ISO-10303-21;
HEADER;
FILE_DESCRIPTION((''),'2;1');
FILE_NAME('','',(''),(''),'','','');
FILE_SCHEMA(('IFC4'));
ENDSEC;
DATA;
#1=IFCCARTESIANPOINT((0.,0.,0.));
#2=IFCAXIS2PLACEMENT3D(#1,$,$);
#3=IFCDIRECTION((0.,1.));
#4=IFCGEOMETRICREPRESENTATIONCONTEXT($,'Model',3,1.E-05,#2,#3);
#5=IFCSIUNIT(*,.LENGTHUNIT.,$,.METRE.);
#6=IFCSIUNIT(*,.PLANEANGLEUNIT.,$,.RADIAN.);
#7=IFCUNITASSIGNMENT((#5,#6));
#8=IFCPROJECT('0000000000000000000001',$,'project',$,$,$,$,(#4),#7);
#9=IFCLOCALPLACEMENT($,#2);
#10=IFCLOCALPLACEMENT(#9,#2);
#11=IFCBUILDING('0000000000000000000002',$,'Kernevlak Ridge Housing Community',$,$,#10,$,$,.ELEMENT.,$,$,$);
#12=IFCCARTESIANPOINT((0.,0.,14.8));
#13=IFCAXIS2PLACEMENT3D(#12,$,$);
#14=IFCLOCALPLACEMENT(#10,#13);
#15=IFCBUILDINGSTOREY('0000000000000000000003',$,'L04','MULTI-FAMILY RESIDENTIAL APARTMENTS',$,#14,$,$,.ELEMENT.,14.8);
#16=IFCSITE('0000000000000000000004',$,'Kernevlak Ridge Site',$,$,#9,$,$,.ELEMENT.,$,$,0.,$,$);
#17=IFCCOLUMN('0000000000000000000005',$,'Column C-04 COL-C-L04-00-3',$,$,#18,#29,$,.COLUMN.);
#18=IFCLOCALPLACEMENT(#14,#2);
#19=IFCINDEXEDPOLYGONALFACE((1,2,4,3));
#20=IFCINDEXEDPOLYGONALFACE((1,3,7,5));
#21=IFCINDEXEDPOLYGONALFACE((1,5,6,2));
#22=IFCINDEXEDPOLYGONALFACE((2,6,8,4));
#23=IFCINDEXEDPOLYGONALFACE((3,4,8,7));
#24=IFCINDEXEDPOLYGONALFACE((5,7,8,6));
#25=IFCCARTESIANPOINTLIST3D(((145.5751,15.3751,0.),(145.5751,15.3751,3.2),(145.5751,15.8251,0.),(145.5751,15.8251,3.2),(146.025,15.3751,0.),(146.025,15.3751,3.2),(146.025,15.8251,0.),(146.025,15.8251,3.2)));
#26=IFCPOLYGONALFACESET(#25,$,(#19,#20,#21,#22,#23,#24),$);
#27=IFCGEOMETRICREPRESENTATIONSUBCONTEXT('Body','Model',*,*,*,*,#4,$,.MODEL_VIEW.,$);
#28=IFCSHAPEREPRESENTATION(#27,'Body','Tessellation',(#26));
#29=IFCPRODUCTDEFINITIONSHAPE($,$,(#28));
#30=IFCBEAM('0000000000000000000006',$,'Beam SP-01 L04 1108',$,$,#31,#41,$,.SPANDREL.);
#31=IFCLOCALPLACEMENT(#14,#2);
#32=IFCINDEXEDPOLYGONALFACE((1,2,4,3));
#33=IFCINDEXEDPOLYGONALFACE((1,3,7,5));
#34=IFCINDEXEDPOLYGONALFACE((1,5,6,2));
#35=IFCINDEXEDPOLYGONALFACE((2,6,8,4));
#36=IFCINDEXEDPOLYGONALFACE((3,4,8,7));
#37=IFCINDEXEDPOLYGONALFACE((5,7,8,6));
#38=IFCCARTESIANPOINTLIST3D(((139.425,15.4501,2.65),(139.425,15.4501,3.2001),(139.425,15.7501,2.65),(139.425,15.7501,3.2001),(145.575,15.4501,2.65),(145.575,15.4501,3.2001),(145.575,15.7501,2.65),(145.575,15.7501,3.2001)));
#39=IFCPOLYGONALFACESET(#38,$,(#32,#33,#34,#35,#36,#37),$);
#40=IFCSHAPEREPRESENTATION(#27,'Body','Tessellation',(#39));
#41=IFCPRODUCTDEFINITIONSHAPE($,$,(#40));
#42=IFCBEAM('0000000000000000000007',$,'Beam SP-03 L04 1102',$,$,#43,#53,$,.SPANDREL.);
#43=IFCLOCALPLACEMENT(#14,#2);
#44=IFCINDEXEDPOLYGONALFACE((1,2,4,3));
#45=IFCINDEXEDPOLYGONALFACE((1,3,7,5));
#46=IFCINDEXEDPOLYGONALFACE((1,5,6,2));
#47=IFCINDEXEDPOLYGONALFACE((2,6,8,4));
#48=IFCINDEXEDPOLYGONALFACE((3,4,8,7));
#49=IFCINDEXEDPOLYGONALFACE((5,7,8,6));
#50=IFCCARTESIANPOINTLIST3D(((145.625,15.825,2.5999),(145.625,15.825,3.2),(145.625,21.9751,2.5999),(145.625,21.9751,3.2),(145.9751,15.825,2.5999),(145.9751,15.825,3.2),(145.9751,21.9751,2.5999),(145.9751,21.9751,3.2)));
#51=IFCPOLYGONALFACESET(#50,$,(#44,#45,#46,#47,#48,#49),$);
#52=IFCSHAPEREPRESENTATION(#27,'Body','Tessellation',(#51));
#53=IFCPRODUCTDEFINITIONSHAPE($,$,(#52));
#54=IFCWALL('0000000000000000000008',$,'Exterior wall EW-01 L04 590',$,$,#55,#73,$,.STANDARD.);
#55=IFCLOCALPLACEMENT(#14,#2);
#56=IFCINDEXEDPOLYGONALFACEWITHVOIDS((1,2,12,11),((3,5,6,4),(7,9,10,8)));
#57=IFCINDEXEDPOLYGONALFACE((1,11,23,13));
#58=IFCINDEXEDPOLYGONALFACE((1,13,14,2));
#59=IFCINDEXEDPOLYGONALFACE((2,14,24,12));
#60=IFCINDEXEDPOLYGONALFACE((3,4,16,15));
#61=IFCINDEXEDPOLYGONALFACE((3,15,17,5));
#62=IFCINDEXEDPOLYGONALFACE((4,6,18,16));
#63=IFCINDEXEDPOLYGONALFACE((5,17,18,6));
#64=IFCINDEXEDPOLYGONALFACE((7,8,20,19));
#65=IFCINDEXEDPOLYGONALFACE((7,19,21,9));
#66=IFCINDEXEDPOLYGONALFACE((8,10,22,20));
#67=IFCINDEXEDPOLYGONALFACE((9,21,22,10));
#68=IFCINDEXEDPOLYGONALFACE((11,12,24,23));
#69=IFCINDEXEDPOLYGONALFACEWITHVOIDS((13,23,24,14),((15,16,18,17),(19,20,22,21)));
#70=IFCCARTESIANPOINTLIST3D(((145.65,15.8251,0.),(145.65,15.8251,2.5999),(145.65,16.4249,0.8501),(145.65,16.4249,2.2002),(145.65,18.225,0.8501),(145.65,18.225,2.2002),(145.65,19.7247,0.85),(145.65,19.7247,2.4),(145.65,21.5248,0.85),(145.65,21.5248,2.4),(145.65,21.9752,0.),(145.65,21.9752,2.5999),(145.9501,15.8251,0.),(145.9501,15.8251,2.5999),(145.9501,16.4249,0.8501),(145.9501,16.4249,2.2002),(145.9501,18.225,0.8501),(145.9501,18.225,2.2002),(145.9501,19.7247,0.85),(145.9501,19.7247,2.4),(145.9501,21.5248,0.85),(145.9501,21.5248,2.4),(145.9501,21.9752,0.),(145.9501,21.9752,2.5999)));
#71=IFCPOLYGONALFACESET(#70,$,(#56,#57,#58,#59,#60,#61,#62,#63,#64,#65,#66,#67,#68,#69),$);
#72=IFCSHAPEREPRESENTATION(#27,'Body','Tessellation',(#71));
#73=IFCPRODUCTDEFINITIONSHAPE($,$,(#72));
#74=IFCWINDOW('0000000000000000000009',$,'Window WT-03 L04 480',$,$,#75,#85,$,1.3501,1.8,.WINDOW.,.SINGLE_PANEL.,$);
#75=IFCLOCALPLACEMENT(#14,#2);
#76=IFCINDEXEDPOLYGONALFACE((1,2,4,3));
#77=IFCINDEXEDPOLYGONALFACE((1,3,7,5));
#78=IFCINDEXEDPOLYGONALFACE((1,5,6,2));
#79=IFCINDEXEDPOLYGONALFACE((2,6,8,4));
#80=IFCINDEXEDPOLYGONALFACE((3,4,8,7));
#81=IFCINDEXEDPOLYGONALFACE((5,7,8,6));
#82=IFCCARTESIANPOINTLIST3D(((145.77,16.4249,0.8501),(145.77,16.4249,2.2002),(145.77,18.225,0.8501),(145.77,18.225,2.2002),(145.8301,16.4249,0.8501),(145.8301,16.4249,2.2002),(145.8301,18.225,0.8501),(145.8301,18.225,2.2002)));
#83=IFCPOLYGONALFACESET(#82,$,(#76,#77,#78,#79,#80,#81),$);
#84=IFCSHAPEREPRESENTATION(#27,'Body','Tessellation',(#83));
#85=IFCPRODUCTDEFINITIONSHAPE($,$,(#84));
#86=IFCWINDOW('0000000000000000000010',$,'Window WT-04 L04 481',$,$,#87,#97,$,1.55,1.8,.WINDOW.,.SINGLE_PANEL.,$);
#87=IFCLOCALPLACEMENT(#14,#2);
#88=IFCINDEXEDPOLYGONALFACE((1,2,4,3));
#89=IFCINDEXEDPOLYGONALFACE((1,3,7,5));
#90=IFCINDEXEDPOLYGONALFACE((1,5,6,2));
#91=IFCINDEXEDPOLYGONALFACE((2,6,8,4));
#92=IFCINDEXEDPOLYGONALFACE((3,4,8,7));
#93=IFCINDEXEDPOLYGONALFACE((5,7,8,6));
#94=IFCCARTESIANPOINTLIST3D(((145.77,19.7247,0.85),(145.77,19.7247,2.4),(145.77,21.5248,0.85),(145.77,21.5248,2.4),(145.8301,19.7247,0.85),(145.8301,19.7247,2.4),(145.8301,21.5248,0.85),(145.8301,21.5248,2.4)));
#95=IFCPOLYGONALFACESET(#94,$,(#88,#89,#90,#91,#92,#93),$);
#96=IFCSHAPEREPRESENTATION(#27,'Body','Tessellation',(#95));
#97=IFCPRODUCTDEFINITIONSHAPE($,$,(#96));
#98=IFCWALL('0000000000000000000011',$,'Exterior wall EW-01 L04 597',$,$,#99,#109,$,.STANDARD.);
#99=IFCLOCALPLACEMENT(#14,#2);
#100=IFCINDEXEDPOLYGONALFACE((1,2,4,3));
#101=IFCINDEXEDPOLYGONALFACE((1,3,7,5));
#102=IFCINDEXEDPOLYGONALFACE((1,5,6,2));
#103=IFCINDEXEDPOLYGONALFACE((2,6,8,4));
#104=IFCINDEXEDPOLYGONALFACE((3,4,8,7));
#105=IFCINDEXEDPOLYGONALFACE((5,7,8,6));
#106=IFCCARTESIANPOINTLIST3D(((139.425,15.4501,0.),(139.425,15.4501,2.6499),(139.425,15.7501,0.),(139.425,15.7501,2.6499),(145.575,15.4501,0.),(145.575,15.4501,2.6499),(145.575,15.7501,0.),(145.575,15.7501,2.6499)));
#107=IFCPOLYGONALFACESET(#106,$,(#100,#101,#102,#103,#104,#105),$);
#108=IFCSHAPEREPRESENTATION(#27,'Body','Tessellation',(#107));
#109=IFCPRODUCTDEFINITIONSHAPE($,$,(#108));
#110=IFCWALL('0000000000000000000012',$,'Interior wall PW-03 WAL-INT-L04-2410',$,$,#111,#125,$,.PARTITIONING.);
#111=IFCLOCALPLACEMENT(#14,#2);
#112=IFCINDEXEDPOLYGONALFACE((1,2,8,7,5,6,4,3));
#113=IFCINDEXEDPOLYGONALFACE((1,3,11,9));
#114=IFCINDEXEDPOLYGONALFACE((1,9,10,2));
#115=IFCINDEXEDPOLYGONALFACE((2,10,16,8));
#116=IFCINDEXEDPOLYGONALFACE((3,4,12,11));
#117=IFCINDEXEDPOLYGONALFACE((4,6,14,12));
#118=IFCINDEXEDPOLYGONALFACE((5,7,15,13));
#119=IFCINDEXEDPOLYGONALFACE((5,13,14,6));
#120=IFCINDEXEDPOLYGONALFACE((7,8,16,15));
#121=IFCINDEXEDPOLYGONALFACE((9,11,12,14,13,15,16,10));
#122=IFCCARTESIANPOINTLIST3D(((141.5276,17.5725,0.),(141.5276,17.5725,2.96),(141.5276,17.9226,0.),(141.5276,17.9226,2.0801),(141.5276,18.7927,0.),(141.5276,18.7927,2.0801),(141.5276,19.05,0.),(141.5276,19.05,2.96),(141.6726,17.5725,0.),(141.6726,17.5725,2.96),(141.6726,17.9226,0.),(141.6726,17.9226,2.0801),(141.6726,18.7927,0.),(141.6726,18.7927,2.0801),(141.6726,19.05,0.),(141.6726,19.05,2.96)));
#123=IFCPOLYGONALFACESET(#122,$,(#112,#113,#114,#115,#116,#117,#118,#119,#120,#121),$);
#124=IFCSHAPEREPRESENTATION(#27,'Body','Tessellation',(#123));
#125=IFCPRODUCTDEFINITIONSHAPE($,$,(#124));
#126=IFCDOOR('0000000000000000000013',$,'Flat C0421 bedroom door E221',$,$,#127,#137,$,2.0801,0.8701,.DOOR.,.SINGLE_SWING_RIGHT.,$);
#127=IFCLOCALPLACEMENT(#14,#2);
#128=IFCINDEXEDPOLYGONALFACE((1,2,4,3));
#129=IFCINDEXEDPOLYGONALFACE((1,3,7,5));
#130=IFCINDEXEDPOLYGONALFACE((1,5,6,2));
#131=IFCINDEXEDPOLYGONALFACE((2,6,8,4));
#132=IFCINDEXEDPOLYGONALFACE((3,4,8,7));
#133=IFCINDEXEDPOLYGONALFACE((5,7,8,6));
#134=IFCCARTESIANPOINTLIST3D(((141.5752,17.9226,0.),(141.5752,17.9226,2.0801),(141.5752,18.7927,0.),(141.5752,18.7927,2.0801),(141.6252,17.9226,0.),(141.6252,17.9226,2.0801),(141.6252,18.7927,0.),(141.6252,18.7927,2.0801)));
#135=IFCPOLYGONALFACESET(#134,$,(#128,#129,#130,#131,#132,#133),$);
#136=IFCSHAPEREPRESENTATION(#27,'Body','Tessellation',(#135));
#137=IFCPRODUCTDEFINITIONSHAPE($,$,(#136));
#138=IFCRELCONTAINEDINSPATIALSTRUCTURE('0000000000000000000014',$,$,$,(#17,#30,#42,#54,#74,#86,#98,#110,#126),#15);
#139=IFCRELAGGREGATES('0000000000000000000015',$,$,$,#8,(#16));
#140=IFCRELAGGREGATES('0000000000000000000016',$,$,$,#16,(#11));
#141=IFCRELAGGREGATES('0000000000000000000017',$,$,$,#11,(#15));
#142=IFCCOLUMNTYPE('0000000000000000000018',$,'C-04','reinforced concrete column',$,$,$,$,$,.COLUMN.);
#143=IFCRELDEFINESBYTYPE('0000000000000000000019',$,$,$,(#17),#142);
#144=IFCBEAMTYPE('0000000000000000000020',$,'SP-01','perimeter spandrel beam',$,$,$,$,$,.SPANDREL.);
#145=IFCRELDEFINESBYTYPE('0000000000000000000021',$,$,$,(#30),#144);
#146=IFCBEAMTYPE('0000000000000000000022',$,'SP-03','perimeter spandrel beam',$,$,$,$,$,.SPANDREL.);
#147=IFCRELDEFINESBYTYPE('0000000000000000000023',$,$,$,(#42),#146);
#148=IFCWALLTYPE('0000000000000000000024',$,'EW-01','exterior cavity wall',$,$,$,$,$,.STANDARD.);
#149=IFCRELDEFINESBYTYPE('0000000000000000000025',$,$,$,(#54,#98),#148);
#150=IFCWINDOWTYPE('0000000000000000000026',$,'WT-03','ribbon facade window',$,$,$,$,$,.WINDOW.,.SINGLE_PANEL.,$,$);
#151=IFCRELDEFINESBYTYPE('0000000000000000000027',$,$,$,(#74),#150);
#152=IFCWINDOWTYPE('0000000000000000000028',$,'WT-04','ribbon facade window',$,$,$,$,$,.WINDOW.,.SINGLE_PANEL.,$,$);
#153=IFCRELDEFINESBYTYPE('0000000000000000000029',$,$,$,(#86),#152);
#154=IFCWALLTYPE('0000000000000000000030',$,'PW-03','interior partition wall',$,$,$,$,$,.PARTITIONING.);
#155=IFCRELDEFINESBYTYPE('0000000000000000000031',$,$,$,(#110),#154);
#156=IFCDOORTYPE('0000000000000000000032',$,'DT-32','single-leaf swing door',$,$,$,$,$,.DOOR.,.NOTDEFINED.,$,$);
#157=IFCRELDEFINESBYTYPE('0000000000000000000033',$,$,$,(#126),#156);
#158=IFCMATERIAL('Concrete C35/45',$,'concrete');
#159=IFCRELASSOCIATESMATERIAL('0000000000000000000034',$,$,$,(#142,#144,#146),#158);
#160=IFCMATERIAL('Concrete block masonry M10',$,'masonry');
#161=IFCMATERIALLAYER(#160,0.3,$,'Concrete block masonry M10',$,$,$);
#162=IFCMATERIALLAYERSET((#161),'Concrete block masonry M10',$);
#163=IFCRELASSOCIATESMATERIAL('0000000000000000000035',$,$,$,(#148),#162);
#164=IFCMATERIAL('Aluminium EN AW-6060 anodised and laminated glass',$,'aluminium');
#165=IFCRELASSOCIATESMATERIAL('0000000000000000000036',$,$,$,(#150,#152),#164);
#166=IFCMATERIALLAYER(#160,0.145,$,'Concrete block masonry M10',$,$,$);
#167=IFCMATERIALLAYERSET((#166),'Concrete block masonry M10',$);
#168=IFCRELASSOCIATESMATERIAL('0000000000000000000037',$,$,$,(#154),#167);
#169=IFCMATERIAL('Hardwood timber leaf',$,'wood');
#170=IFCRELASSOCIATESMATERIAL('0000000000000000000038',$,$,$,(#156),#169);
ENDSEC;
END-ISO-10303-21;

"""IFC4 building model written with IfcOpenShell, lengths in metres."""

from ifc_helpers import new_model, si_unit, direction, frame, frame_2d, origin, origin_2d, place, context, subcontext, project, spatial, rectangle, extrude, material, layer, layer_set, material_profile, profile_set, type_object, element, fill, save


model = new_model("IFC4")

# Units and contexts
model_context = context("Model", 3, precision=1e-05, world=origin(), true_north=direction((0.0, 1.0)))
body_context = subcontext(model_context, "Body", "Model", "MODEL_VIEW")
ifc_project = project(units=[si_unit("LENGTHUNIT", "METRE"), si_unit("PLANEANGLEUNIT", "RADIAN")], contexts=[model_context])

# Site, building, storey
site_placement = place(None, origin())
site = spatial("IfcSite", under=ifc_project, at=site_placement, Name="Kernevlak Ridge Site", CompositionType="ELEMENT", RefElevation=0.0)
building_placement = place(site_placement, origin())
building = spatial("IfcBuilding", under=site, at=building_placement, Name="Kernevlak Ridge Housing Community", CompositionType="ELEMENT")
storey_placement = place(building_placement, frame((0.0, 0.0, 14.8)))
storey = spatial("IfcBuildingStorey", under=building, at=storey_placement, Name="L04", Description="MULTI-FAMILY RESIDENTIAL APARTMENTS", CompositionType="ELEMENT", Elevation=14.8)

# Column
ifc_material_1 = material(Name="Concrete C35/45", Category="concrete")
ifc_material_profile_1 = material_profile(ifc_material_1, rectangle(XDim=0.45, YDim=0.45, at=origin_2d()), Name="RC 450x450")
ifc_profile_set_1 = profile_set([ifc_material_profile_1], Name="Concrete C35/45")
column_type = type_object("IfcColumnType", Name="C-04", Description="reinforced concrete column", PredefinedType="COLUMN", material=ifc_profile_set_1)
column_placement = place(storey_placement, frame((145.8, 15.6001, 0.0), z_axis=(0.0, 0.0, 1.0), x_axis=(1.0, 0.0, 0.0)))
element("IfcColumn", 1, at=column_placement, inside=storey, type_object=column_type, Name="Column C-04 COL-C-L04-00-3", PredefinedType="COLUMN", context=body_context, shape_type="SweptSolid", body=[
    extrude(rectangle(XDim=0.45, YDim=0.45, at=origin_2d()), origin(), (0.0, 0.0, 1.0), 3.2),
])

# Beams
ifc_material_profile_2 = material_profile(ifc_material_1, rectangle(XDim=0.3, YDim=0.55, at=origin_2d()), Name="RC 300x550")
ifc_profile_set_2 = profile_set([ifc_material_profile_2], Name="Concrete C35/45")
beam_type_1 = type_object("IfcBeamType", Name="SP-01", Description="perimeter spandrel beam", PredefinedType="SPANDREL", material=ifc_profile_set_2)
beam_1_placement = place(storey_placement, frame((139.425, 15.6001, 2.925), z_axis=(1.0, 0.0, 0.0), x_axis=(0.0, 1.0, 0.0)))
element("IfcBeam", 2, at=beam_1_placement, inside=storey, type_object=beam_type_1, Name="Beam SP-01 L04 1108", PredefinedType="SPANDREL", context=body_context, shape_type="SweptSolid", body=[
    extrude(rectangle(XDim=0.3, YDim=0.55, at=origin_2d()), origin(), (0.0, 0.0, 1.0), 6.1499),
])
ifc_material_profile_3 = material_profile(ifc_material_1, rectangle(XDim=0.3501, YDim=0.6001, at=origin_2d()), Name="RC 350x600")
ifc_profile_set_3 = profile_set([ifc_material_profile_3], Name="Concrete C35/45")
beam_type_2 = type_object("IfcBeamType", Name="SP-03", Description="perimeter spandrel beam", PredefinedType="SPANDREL", material=ifc_profile_set_3)
beam_2_placement = place(storey_placement, frame((145.8, 15.825, 2.8999), z_axis=(0.0, 1.0, 0.0), x_axis=(-1.0, 0.0, 0.0)))
element("IfcBeam", 3, at=beam_2_placement, inside=storey, type_object=beam_type_2, Name="Beam SP-03 L04 1102", PredefinedType="SPANDREL", context=body_context, shape_type="SweptSolid", body=[
    extrude(rectangle(XDim=0.3501, YDim=0.6001, at=origin_2d()), origin(), (0.0, 0.0, 1.0), 6.1501),
])

# Wall, openings, windows
ifc_material_2 = material(Name="Concrete block masonry M10", Category="masonry")
ifc_layer_1 = layer(ifc_material_2, 0.3, Name="Concrete block masonry M10")
ifc_layer_set_1 = layer_set([ifc_layer_1], Name="Concrete block masonry M10")
wall_type_1 = type_object("IfcWallType", Name="EW-01", Description="exterior cavity wall", PredefinedType="STANDARD", material=ifc_layer_set_1)
wall_1_placement = place(storey_placement, frame((145.8, 15.825, 0.0), z_axis=(0.0, 0.0, 1.0), x_axis=(0.0, 1.0, 0.0)))
wall_1 = element("IfcWall", 4, at=wall_1_placement, inside=storey, type_object=wall_type_1, Name="Exterior wall EW-01 L04 590", PredefinedType="STANDARD", context=body_context, shape_type="SweptSolid", body=[
    extrude(rectangle(XDim=6.1501, YDim=0.3, at=frame_2d((3.0752, 0.0))), origin(), (0.0, 0.0, 1.0), 2.5999),
])
opening_1_placement = place(wall_1_placement, frame((0.6001, 0.0, 0.8501)))
opening_1 = element("IfcOpeningElement", 5, at=opening_1_placement, cuts=wall_1, PredefinedType="OPENING", context=body_context, shape_type="SweptSolid", body=[
    extrude(rectangle(XDim=1.8, YDim=1.3501, at=frame_2d((0.8999, 0.675))), frame((0.0, 0.1599, 0.0), z_axis=(0.0, -1.0, 0.0), x_axis=(1.0, 0.0, 0.0)), (0.0, 0.0, 1.0), 0.3201),
])
opening_2_placement = place(wall_1_placement, frame((3.8999, 0.0, 0.8501)))
opening_2 = element("IfcOpeningElement", 6, at=opening_2_placement, cuts=wall_1, PredefinedType="OPENING", context=body_context, shape_type="SweptSolid", body=[
    extrude(rectangle(XDim=1.8, YDim=1.55, at=frame_2d((0.8999, 0.7749))), frame((0.0, 0.1599, 0.0), z_axis=(0.0, -1.0, 0.0), x_axis=(1.0, 0.0, 0.0)), (0.0, 0.0, 1.0), 0.3201),
])
ifc_material_3 = material(Name="Aluminium EN AW-6060 anodised and laminated glass", Category="aluminium")
window_type_1 = type_object("IfcWindowType", Name="WT-03", Description="ribbon facade window", PartitioningType="SINGLE_PANEL", PredefinedType="WINDOW", material=ifc_material_3)
window_1_placement = place(opening_1_placement, origin())
window_1 = element("IfcWindow", 7, at=window_1_placement, inside=storey, type_object=window_type_1, Name="Window WT-03 L04 480", OverallHeight=1.3501, OverallWidth=1.8, PartitioningType="SINGLE_PANEL", PredefinedType="WINDOW", context=body_context, shape_type="SweptSolid", body=[
    extrude(rectangle(XDim=1.8, YDim=1.3501, at=frame_2d((0.8999, 0.675))), frame((0.0, 0.03, 0.0), z_axis=(0.0, -1.0, 0.0), x_axis=(1.0, 0.0, 0.0)), (0.0, 0.0, 1.0), 0.0601),
])
fill(opening_1, window_1)
window_type_2 = type_object("IfcWindowType", Name="WT-04", Description="ribbon facade window", PartitioningType="SINGLE_PANEL", PredefinedType="WINDOW", material=ifc_material_3)
window_2_placement = place(opening_2_placement, origin())
window_2 = element("IfcWindow", 8, at=window_2_placement, inside=storey, type_object=window_type_2, Name="Window WT-04 L04 481", OverallHeight=1.55, OverallWidth=1.8, PartitioningType="SINGLE_PANEL", PredefinedType="WINDOW", context=body_context, shape_type="SweptSolid", body=[
    extrude(rectangle(XDim=1.8, YDim=1.55, at=frame_2d((0.8999, 0.7749))), frame((0.0, 0.03, 0.0), z_axis=(0.0, -1.0, 0.0), x_axis=(1.0, 0.0, 0.0)), (0.0, 0.0, 1.0), 0.0601),
])
fill(opening_2, window_2)

# Wall
wall_2_placement = place(storey_placement, frame((139.425, 15.6001, 0.0), z_axis=(0.0, 0.0, 1.0), x_axis=(1.0, 0.0, 0.0)))
element("IfcWall", 9, at=wall_2_placement, inside=storey, type_object=wall_type_1, Name="Exterior wall EW-01 L04 597", PredefinedType="STANDARD", context=body_context, shape_type="SweptSolid", body=[
    extrude(rectangle(XDim=6.1499, YDim=0.3, at=frame_2d((3.075, 0.0))), origin(), (0.0, 0.0, 1.0), 2.6499),
])

# Wall, opening, door
ifc_layer_2 = layer(ifc_material_2, 0.145, Name="Concrete block masonry M10")
ifc_layer_set_2 = layer_set([ifc_layer_2], Name="Concrete block masonry M10")
wall_type_2 = type_object("IfcWallType", Name="PW-03", Description="interior partition wall", PredefinedType="PARTITIONING", material=ifc_layer_set_2)
wall_3_placement = place(storey_placement, frame((141.6001, 17.5725, 0.0), z_axis=(0.0, 0.0, 1.0), x_axis=(0.0, 1.0, 0.0)))
wall_3 = element("IfcWall", 10, at=wall_3_placement, inside=storey, type_object=wall_type_2, Name="Interior wall PW-03 WAL-INT-L04-2410", PredefinedType="PARTITIONING", context=body_context, shape_type="SweptSolid", body=[
    extrude(rectangle(XDim=1.4775, YDim=0.145, at=frame_2d((0.7388, 0.0))), origin(), (0.0, 0.0, 1.0), 2.96),
])
opening_3_placement = place(wall_3_placement, frame((0.3501, 0.0, 0.0)))
opening_3 = element("IfcOpeningElement", 11, at=opening_3_placement, cuts=wall_3, PredefinedType="OPENING", context=body_context, shape_type="SweptSolid", body=[
    extrude(rectangle(XDim=0.8701, YDim=2.0801, at=frame_2d((0.4351, 1.04))), frame((0.0, 0.0825, 0.0), z_axis=(0.0, -1.0, 0.0), x_axis=(1.0, 0.0, 0.0)), (0.0, 0.0, 1.0), 0.165),
])
ifc_material_4 = material(Name="Hardwood timber leaf", Category="wood")
door_type_1 = type_object("IfcDoorType", Name="DT-32", Description="single-leaf swing door", OperationType="NOTDEFINED", PredefinedType="DOOR", material=ifc_material_4)
door_1_placement = place(opening_3_placement, origin())
door_1 = element("IfcDoor", 12, at=door_1_placement, inside=storey, type_object=door_type_1, Name="Flat C0421 bedroom door E221", OperationType="SINGLE_SWING_RIGHT", OverallHeight=2.0801, OverallWidth=0.8701, PredefinedType="DOOR", context=body_context, shape_type="SweptSolid", body=[
    extrude(rectangle(XDim=0.8701, YDim=2.0801, at=frame_2d((0.4351, 1.04))), frame((0.0, 0.0249, 0.0), z_axis=(0.0, -1.0, 0.0), x_axis=(1.0, 0.0, 0.0)), (0.0, 0.0, 1.0), 0.05),
])
fill(opening_3, door_1)

save(model, "model.ifc")
